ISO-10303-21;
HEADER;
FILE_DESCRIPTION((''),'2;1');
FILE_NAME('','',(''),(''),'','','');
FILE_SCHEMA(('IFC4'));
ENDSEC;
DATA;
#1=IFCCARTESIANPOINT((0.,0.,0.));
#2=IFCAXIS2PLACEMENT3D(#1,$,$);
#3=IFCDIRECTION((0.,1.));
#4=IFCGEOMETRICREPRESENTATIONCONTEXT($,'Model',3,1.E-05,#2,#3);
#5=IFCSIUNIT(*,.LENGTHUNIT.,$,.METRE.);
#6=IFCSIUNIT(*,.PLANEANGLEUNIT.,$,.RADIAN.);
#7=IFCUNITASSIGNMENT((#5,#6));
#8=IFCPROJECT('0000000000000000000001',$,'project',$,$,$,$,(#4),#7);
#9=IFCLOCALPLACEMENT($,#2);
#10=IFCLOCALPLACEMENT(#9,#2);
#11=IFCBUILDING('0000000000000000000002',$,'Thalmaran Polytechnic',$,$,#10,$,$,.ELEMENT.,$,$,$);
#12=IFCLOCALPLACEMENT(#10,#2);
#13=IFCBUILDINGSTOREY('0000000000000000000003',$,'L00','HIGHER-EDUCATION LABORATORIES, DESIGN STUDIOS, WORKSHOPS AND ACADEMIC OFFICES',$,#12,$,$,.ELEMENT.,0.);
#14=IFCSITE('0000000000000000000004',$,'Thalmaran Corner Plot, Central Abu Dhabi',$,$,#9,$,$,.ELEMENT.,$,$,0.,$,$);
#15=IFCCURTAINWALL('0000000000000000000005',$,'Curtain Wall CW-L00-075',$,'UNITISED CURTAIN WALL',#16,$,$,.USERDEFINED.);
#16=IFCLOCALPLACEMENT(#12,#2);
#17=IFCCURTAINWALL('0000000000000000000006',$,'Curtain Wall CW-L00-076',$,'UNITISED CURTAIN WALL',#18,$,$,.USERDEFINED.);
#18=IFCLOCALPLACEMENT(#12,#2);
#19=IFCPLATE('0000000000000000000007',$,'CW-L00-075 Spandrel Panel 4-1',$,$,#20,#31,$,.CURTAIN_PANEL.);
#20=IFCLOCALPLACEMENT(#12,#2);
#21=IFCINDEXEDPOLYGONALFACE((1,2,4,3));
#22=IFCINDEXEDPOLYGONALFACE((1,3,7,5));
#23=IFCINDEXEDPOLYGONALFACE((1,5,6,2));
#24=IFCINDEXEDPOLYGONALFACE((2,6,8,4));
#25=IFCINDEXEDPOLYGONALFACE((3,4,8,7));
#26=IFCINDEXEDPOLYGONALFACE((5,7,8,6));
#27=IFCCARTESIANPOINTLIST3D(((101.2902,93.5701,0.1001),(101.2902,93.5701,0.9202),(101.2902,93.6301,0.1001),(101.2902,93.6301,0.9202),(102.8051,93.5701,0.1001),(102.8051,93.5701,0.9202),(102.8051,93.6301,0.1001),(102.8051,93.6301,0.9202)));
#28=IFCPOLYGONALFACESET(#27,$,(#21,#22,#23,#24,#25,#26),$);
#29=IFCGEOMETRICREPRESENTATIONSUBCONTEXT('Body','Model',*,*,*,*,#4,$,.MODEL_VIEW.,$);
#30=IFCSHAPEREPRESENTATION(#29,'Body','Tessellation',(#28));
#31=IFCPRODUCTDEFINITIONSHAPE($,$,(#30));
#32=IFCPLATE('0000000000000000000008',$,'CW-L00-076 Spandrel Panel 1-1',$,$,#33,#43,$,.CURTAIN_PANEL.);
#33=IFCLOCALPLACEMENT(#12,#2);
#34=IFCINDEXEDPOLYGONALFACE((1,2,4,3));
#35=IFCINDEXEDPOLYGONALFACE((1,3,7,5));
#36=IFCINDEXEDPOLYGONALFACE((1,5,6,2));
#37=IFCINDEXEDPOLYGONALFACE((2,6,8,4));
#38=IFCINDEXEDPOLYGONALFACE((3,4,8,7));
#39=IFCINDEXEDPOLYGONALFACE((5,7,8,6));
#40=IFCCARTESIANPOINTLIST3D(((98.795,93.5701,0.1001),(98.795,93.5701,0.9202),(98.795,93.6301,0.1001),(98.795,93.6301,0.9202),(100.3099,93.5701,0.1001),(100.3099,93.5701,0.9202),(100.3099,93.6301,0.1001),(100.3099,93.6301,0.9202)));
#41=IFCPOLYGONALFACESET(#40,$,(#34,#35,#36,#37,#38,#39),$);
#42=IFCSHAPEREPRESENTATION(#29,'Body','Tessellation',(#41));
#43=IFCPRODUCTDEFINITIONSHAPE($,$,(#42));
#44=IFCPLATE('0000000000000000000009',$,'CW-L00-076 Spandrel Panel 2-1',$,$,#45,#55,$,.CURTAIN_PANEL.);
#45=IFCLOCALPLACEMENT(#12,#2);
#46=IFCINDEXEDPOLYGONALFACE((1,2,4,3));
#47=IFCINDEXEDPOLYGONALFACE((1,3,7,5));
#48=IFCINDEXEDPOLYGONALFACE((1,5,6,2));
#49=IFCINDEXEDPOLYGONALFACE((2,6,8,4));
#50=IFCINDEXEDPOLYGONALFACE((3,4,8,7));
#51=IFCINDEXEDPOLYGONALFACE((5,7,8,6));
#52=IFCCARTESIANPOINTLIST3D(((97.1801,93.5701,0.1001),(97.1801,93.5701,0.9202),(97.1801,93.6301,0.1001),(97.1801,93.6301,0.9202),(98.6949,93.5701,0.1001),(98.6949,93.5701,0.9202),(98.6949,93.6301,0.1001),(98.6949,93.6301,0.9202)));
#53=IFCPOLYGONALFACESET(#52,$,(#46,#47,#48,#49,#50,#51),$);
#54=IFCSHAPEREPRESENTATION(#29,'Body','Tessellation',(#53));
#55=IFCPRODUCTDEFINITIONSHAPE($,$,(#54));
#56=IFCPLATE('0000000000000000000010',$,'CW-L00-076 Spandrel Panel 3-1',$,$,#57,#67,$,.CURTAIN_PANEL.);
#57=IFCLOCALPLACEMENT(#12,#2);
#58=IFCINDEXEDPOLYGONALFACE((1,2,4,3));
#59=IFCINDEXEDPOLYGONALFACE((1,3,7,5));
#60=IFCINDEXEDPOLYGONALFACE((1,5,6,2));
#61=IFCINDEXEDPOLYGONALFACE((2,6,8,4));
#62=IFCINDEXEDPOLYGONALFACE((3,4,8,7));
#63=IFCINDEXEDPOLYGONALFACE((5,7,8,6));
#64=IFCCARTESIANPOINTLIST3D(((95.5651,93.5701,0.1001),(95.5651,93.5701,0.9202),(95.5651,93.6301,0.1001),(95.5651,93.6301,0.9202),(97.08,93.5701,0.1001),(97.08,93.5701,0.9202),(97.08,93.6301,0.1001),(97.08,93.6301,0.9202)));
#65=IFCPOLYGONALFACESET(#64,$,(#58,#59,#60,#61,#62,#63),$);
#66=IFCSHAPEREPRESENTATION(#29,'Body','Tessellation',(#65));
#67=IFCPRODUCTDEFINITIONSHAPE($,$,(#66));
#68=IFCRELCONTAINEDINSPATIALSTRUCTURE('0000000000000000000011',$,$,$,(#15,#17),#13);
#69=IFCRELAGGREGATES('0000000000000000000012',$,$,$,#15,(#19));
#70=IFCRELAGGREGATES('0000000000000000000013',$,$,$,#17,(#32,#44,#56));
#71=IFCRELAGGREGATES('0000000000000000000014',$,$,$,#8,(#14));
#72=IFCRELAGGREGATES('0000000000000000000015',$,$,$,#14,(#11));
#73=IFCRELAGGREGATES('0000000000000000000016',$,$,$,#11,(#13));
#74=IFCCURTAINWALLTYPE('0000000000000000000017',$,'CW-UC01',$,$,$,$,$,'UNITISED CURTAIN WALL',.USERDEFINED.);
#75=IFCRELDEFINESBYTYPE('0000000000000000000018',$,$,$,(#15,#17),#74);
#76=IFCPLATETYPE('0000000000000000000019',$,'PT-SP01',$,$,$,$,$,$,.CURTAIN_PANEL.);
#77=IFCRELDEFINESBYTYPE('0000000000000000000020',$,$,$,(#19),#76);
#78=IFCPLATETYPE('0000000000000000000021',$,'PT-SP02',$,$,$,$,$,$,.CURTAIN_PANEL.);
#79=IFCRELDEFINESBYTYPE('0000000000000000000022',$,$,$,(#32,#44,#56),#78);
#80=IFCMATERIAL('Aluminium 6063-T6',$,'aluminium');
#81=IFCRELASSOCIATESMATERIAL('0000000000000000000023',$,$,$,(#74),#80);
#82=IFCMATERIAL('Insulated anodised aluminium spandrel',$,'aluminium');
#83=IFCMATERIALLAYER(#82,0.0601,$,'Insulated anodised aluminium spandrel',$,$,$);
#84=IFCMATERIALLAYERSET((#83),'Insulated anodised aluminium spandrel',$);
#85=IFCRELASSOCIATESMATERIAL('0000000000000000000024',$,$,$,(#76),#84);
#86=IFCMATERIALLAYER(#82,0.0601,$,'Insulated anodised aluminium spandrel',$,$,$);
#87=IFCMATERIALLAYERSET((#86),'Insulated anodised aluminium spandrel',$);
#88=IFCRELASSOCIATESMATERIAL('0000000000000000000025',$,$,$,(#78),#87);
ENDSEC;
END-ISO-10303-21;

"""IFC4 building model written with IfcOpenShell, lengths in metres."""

from ifc_helpers import new_model, si_unit, direction, frame, origin, origin_2d, place, context, subcontext, project, spatial, rectangle, extrude, material, layer, layer_set, type_object, element, aggregate, save


model = new_model("IFC4")

# Units and contexts
model_context = context("Model", 3, precision=1e-05, world=origin(), true_north=direction((0.0, 1.0)))
body_context = subcontext(model_context, "Body", "Model", "MODEL_VIEW")
ifc_project = project(units=[si_unit("LENGTHUNIT", "METRE"), si_unit("PLANEANGLEUNIT", "RADIAN")], contexts=[model_context])

# Site, building, storey
site_placement = place(None, origin())
site = spatial("IfcSite", under=ifc_project, at=site_placement, Name="Thalmaran Corner Plot, Central Abu Dhabi", CompositionType="ELEMENT", RefElevation=0.0)
building_placement = place(site_placement, origin())
building = spatial("IfcBuilding", under=site, at=building_placement, Name="Thalmaran Polytechnic", CompositionType="ELEMENT")
storey_placement = place(building_placement, origin())
storey = spatial("IfcBuildingStorey", under=building, at=storey_placement, Name="L00", Description="HIGHER-EDUCATION LABORATORIES, DESIGN STUDIOS, WORKSHOPS AND ACADEMIC OFFICES", CompositionType="ELEMENT", Elevation=0.0)

# Curtain walls
ifc_material_1 = material(Name="Aluminium 6063-T6", Category="aluminium")
curtain_wall_type = type_object("IfcCurtainWallType", Name="CW-UC01", ElementType="UNITISED CURTAIN WALL", PredefinedType="USERDEFINED", material=ifc_material_1)
curtain_wall_1_placement = place(storey_placement, origin())
curtain_wall_1 = element("IfcCurtainWall", 1, at=curtain_wall_1_placement, inside=storey, type_object=curtain_wall_type, Name="Curtain Wall CW-L00-075", ObjectType="UNITISED CURTAIN WALL", PredefinedType="USERDEFINED")
curtain_wall_2_placement = place(storey_placement, origin())
curtain_wall_2 = element("IfcCurtainWall", 2, at=curtain_wall_2_placement, inside=storey, type_object=curtain_wall_type, Name="Curtain Wall CW-L00-076", ObjectType="UNITISED CURTAIN WALL", PredefinedType="USERDEFINED")

# Plates
ifc_material_2 = material(Name="Insulated anodised aluminium spandrel", Category="aluminium")
ifc_layer_1 = layer(ifc_material_2, 0.0601, Name="Insulated anodised aluminium spandrel")
ifc_layer_set_1 = layer_set([ifc_layer_1], Name="Insulated anodised aluminium spandrel")
plate_type_1 = type_object("IfcPlateType", Name="PT-SP01", PredefinedType="CURTAIN_PANEL", material=ifc_layer_set_1)
plate_1_placement = place(storey_placement, frame((102.0476, 93.6001, 0.1001), z_axis=(0.0, 0.0, 1.0), x_axis=(-1.0, 0.0, 0.0)))
plate_1 = element("IfcPlate", 3, at=plate_1_placement, type_object=plate_type_1, Name="CW-L00-075 Spandrel Panel 4-1", PredefinedType="CURTAIN_PANEL", context=body_context, shape_type="SweptSolid", body=[
    extrude(rectangle(XDim=1.5149, YDim=0.0601, at=origin_2d()), origin(), (0.0, 0.0, 1.0), 0.8201),
])
aggregate(curtain_wall_1, [plate_1])
ifc_layer_2 = layer(ifc_material_2, 0.0601, Name="Insulated anodised aluminium spandrel")
ifc_layer_set_2 = layer_set([ifc_layer_2], Name="Insulated anodised aluminium spandrel")
plate_type_2 = type_object("IfcPlateType", Name="PT-SP02", PredefinedType="CURTAIN_PANEL", material=ifc_layer_set_2)
plate_2_placement = place(storey_placement, frame((99.5525, 93.6001, 0.1001), z_axis=(0.0, 0.0, 1.0), x_axis=(-1.0, 0.0, 0.0)))
plate_2 = element("IfcPlate", 4, at=plate_2_placement, type_object=plate_type_2, Name="CW-L00-076 Spandrel Panel 1-1", PredefinedType="CURTAIN_PANEL", context=body_context, shape_type="SweptSolid", body=[
    extrude(rectangle(XDim=1.5149, YDim=0.0601, at=origin_2d()), origin(), (0.0, 0.0, 1.0), 0.8201),
])
plate_3_placement = place(storey_placement, frame((97.9375, 93.6001, 0.1001), z_axis=(0.0, 0.0, 1.0), x_axis=(-1.0, 0.0, 0.0)))
plate_3 = element("IfcPlate", 5, at=plate_3_placement, type_object=plate_type_2, Name="CW-L00-076 Spandrel Panel 2-1", PredefinedType="CURTAIN_PANEL", context=body_context, shape_type="SweptSolid", body=[
    extrude(rectangle(XDim=1.5149, YDim=0.0601, at=origin_2d()), origin(), (0.0, 0.0, 1.0), 0.8201),
])
plate_4_placement = place(storey_placement, frame((96.3225, 93.6001, 0.1001), z_axis=(0.0, 0.0, 1.0), x_axis=(-1.0, 0.0, 0.0)))
plate_4 = element("IfcPlate", 6, at=plate_4_placement, type_object=plate_type_2, Name="CW-L00-076 Spandrel Panel 3-1", PredefinedType="CURTAIN_PANEL", context=body_context, shape_type="SweptSolid", body=[
    extrude(rectangle(XDim=1.5149, YDim=0.0601, at=origin_2d()), origin(), (0.0, 0.0, 1.0), 0.8201),
])
aggregate(curtain_wall_2, [plate_2, plate_3, plate_4])

save(model, "model.ifc")
